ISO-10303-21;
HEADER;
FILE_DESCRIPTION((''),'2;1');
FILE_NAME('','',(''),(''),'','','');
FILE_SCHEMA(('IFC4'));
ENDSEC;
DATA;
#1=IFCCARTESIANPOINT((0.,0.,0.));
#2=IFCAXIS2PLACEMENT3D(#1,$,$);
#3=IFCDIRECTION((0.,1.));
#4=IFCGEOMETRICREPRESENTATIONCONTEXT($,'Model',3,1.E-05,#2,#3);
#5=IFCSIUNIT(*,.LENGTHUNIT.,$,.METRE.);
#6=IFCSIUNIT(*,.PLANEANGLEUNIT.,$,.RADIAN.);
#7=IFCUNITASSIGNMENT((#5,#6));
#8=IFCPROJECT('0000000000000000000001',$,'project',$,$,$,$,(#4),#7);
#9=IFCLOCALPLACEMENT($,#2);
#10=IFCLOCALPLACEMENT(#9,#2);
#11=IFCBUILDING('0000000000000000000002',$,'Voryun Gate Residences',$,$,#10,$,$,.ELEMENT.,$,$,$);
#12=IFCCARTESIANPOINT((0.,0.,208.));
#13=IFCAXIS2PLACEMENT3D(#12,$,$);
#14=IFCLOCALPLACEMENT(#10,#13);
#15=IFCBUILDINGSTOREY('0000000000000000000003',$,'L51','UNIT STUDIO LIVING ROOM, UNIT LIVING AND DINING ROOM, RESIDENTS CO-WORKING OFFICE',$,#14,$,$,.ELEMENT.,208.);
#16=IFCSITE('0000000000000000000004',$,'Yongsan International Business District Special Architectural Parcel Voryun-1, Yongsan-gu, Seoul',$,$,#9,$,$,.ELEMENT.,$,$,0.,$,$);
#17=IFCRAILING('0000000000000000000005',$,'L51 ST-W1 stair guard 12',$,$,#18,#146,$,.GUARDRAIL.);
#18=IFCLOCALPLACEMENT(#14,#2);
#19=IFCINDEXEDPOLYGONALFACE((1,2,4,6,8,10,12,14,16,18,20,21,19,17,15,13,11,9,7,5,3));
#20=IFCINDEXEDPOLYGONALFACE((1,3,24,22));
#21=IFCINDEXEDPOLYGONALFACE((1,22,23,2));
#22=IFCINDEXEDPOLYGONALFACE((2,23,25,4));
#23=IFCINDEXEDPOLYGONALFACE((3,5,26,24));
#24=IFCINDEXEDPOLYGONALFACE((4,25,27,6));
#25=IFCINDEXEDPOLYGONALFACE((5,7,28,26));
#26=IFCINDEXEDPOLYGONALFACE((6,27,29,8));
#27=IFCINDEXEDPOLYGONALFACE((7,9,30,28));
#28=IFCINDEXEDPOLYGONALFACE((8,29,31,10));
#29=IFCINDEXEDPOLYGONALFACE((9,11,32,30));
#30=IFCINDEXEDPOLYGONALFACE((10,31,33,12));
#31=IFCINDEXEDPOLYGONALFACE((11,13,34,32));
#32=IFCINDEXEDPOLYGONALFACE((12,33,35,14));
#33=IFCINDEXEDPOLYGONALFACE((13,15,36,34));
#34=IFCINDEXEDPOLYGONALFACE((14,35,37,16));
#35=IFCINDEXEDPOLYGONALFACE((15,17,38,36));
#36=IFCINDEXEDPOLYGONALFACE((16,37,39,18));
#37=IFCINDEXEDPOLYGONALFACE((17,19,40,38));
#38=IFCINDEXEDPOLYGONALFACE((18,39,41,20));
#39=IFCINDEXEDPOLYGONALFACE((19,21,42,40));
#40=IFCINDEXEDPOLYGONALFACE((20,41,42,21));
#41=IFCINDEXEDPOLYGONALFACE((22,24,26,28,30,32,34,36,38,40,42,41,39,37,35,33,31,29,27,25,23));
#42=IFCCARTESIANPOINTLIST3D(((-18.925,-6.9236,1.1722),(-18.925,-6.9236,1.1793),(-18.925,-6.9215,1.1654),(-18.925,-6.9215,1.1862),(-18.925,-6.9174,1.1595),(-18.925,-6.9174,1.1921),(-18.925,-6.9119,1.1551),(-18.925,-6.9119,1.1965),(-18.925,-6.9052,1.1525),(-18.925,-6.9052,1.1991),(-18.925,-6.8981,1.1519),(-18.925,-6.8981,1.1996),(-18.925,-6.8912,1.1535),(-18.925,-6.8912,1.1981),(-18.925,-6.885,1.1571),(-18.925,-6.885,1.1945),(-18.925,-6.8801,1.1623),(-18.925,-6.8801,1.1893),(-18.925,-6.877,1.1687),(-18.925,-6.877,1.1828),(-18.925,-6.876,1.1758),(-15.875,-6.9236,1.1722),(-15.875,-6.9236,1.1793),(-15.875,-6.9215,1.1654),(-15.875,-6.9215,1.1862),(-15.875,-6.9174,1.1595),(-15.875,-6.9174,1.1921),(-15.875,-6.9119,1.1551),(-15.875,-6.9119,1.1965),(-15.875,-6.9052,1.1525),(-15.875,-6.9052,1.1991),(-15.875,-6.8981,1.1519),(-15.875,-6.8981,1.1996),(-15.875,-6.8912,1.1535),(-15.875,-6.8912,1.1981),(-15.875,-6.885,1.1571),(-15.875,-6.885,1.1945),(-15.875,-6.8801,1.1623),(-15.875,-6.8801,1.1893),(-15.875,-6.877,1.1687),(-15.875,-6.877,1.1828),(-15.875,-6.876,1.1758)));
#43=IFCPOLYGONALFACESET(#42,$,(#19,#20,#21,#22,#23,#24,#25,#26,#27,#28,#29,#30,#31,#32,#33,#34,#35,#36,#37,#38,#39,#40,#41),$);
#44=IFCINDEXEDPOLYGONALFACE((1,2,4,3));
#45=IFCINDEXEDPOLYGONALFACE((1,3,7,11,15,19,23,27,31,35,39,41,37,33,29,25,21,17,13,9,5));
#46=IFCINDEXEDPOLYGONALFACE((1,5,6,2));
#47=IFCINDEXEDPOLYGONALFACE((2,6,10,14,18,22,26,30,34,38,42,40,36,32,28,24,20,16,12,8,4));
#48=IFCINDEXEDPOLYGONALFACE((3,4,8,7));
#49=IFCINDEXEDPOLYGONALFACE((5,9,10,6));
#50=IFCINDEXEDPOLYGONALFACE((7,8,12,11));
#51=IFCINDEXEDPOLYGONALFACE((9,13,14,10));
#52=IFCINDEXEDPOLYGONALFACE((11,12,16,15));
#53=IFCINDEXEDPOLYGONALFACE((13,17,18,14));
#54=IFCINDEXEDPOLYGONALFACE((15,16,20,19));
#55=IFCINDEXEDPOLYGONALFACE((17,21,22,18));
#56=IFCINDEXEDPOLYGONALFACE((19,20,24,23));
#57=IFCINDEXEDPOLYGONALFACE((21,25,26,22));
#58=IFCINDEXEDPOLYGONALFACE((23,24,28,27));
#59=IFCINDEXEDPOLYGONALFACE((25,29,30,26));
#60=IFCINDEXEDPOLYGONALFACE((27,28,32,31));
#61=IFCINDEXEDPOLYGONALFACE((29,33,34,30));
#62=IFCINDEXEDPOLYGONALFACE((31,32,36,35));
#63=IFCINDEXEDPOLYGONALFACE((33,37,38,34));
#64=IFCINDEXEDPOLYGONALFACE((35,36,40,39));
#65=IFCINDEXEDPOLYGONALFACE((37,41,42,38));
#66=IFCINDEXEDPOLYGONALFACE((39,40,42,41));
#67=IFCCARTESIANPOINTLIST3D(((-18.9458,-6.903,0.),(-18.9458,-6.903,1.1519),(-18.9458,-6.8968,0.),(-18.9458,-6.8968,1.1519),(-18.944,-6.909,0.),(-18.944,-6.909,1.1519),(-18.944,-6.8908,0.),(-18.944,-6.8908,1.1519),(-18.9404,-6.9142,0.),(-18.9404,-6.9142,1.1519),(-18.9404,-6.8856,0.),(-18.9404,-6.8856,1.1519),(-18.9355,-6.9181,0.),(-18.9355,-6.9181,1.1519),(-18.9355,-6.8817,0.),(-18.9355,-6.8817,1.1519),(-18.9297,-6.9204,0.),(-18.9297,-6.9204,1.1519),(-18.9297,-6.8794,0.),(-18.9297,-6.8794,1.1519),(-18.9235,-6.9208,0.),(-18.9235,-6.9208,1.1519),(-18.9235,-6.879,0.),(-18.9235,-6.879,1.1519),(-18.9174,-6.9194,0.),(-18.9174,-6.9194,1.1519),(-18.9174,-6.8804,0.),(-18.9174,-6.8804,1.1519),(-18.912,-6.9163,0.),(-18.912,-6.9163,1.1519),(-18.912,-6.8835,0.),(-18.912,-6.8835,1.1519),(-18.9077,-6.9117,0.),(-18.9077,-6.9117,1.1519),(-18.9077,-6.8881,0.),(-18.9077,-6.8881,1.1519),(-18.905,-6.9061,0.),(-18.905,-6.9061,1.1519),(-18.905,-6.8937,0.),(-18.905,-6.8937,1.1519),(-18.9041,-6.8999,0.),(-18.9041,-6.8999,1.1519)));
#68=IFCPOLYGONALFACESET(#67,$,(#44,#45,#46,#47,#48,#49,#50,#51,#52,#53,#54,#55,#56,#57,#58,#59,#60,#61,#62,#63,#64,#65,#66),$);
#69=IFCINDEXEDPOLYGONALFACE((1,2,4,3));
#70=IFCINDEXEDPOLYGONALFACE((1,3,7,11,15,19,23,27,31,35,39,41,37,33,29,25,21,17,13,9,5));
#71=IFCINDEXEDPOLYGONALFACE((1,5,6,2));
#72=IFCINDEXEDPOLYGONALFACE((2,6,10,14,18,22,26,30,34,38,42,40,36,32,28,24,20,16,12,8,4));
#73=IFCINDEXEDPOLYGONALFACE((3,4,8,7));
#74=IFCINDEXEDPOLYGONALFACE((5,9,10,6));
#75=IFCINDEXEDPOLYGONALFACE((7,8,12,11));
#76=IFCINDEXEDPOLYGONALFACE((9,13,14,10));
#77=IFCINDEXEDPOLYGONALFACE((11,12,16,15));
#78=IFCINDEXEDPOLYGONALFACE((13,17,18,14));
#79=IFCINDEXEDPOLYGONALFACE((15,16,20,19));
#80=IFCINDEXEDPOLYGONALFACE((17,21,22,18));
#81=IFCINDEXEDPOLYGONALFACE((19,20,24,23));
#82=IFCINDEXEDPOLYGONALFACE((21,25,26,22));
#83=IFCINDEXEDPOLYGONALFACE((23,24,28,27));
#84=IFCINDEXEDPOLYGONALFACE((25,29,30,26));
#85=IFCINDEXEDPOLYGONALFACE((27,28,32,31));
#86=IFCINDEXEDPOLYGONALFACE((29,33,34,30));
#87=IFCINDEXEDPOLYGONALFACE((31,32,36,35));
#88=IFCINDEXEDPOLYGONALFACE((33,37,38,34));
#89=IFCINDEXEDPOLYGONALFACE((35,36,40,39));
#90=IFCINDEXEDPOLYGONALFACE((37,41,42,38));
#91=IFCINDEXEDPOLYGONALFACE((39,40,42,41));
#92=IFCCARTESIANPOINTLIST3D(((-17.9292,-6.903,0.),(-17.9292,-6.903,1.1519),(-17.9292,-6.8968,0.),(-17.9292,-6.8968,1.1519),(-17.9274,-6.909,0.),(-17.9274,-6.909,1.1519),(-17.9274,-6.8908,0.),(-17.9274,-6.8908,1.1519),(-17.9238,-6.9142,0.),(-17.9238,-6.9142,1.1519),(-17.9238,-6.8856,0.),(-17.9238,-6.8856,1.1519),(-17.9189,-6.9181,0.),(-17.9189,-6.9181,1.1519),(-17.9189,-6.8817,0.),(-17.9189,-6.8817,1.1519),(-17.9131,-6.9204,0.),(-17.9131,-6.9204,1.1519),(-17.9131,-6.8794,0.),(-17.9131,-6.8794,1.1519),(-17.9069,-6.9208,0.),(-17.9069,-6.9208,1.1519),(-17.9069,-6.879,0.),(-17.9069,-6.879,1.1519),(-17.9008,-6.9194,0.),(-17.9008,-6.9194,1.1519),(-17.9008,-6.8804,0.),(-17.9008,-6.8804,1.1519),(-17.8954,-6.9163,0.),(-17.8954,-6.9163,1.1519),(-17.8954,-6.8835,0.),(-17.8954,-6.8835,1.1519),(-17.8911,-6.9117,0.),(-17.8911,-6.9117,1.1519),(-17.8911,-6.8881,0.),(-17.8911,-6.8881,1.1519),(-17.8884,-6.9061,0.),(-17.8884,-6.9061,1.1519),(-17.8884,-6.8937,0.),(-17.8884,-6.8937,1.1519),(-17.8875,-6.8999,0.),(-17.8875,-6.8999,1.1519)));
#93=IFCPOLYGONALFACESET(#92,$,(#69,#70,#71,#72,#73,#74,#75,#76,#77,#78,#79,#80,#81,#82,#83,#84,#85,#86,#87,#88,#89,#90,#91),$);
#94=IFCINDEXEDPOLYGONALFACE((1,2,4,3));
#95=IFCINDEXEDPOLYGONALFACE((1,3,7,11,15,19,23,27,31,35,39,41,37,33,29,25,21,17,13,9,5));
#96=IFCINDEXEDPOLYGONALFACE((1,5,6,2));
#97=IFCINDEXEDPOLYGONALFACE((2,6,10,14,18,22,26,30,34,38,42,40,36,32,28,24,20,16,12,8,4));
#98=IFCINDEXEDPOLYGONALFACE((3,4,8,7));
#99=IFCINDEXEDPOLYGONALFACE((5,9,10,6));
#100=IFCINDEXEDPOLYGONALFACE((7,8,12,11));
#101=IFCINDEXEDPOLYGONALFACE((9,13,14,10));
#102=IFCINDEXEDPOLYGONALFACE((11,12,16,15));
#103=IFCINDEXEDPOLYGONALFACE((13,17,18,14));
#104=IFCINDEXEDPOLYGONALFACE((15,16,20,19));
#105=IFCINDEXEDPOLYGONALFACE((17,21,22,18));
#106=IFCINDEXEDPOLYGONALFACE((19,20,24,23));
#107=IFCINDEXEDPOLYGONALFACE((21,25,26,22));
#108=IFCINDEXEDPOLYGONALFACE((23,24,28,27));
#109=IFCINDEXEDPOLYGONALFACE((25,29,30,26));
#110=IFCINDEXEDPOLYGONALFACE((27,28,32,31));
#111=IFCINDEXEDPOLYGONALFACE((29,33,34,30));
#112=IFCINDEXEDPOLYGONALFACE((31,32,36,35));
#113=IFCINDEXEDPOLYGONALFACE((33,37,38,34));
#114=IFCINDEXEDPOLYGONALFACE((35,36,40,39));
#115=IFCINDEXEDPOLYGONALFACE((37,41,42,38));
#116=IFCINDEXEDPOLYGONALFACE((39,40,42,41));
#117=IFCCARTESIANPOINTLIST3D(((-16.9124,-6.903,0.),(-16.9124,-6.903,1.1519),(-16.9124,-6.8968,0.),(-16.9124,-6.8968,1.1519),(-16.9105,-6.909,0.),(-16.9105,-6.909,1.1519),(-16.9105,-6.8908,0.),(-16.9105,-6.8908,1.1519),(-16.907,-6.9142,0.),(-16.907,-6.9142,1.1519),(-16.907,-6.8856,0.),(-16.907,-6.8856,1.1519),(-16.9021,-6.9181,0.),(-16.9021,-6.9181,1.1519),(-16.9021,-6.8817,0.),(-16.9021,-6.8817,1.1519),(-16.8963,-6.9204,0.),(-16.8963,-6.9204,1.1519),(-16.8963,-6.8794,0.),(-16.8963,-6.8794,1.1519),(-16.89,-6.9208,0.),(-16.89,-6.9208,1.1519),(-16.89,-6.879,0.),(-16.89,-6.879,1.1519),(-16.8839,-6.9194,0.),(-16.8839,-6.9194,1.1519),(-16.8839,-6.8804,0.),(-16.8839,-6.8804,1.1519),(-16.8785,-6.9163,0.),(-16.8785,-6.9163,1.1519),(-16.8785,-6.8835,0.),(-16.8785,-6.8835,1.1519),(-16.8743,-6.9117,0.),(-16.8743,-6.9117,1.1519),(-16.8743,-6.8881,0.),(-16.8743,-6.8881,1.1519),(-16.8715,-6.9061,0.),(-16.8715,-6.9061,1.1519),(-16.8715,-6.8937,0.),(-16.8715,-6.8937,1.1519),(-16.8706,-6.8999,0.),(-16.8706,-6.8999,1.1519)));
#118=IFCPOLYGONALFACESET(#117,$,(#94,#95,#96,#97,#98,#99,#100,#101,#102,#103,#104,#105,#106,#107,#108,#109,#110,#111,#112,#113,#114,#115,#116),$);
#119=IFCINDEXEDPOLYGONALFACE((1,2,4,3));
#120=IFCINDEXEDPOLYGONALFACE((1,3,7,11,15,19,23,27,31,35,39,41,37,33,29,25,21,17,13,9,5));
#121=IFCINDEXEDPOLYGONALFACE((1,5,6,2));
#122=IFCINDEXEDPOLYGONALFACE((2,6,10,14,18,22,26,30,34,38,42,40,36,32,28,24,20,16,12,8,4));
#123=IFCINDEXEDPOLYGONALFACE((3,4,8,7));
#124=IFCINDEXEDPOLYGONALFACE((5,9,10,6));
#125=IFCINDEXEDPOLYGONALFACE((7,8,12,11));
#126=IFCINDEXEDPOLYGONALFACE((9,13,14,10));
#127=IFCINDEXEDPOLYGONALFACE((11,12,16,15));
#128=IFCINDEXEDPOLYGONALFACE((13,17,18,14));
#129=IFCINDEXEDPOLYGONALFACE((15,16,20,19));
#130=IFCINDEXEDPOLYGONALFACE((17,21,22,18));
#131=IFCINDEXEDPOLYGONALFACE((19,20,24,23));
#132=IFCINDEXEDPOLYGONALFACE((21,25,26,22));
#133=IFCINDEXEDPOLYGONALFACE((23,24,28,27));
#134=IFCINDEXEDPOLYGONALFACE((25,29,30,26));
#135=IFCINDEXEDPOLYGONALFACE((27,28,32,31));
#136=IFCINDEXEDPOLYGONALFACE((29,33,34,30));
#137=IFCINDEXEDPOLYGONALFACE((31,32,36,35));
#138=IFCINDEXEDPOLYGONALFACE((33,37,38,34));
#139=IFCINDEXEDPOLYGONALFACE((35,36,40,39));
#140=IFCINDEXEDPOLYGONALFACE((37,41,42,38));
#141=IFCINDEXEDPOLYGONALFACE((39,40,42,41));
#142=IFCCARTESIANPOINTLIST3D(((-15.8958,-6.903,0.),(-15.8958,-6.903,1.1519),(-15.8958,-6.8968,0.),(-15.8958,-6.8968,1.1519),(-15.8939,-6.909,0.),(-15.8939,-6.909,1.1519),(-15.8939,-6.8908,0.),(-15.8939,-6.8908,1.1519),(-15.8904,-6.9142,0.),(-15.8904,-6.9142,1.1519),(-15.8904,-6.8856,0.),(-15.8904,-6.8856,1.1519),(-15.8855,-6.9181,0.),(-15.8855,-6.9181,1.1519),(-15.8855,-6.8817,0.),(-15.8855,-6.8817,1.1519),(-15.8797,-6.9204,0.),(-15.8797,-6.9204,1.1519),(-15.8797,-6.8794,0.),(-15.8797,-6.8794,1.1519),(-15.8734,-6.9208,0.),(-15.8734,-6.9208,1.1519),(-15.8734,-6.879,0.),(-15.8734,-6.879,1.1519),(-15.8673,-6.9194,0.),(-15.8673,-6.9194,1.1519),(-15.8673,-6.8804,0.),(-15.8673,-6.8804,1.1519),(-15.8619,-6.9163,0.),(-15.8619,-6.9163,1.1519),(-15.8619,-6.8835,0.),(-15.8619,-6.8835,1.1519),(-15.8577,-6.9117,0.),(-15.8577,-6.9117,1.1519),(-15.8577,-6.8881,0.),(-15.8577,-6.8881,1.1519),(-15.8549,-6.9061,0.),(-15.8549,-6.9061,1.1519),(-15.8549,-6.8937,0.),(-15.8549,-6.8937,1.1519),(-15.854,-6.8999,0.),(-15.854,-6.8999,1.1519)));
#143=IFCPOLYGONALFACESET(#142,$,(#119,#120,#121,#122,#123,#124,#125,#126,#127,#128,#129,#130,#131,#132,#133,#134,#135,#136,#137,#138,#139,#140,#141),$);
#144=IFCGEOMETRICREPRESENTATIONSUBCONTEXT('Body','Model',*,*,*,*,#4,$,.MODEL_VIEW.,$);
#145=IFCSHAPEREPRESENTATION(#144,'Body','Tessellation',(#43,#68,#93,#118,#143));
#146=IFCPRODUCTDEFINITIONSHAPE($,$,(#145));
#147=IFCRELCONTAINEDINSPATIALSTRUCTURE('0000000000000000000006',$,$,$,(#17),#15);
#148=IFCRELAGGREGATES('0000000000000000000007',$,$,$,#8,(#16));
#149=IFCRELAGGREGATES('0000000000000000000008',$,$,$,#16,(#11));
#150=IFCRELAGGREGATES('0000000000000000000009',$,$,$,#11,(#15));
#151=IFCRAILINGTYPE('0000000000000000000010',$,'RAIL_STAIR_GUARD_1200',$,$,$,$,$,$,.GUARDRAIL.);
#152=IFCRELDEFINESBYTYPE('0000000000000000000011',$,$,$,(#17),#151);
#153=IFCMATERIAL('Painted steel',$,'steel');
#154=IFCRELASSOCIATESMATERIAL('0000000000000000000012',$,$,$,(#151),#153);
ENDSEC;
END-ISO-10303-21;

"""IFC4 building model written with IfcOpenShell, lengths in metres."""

from ifc_helpers import new_model, si_unit, direction, frame, origin, origin_2d, place, context, subcontext, project, spatial, circle, extrude, material, type_object, element, save


model = new_model("IFC4")

# Units and contexts
model_context = context("Model", 3, precision=1e-05, world=origin(), true_north=direction((0.0, 1.0)))
body_context = subcontext(model_context, "Body", "Model", "MODEL_VIEW")
ifc_project = project(units=[si_unit("LENGTHUNIT", "METRE"), si_unit("PLANEANGLEUNIT", "RADIAN")], contexts=[model_context])

# Site, building, storey
site_placement = place(None, origin())
site = spatial("IfcSite", under=ifc_project, at=site_placement, Name="Yongsan International Business District Special Architectural Parcel Voryun-1, Yongsan-gu, Seoul", CompositionType="ELEMENT", RefElevation=0.0)
building_placement = place(site_placement, origin())
building = spatial("IfcBuilding", under=site, at=building_placement, Name="Voryun Gate Residences", CompositionType="ELEMENT")
storey_placement = place(building_placement, frame((0.0, 0.0, 208.0)))
storey = spatial("IfcBuildingStorey", under=building, at=storey_placement, Name="L51", Description="UNIT STUDIO LIVING ROOM, UNIT LIVING AND DINING ROOM, RESIDENTS CO-WORKING OFFICE", CompositionType="ELEMENT", Elevation=208.0)

# Railing
ifc_material_1 = material(Name="Painted steel", Category="steel")
railing_type = type_object("IfcRailingType", Name="RAIL_STAIR_GUARD_1200", PredefinedType="GUARDRAIL", material=ifc_material_1)
railing_1_placement = place(storey_placement, frame((-18.925, -6.8999, 0.0)))
element("IfcRailing", 1, at=railing_1_placement, inside=storey, type_object=railing_type, Name="L51 ST-W1 stair guard 12", PredefinedType="GUARDRAIL", context=body_context, shape_type="SweptSolid", body=[
    extrude(circle(Radius=0.0239, at=origin_2d()), frame((0.0, 0.0, 1.1758), z_axis=(1.0, 0.0, 0.0), x_axis=(0.0, 1.0, 0.0)), (0.0, 0.0, 1.0), 3.05),
    extrude(circle(Radius=0.021, at=origin_2d()), origin(), (0.0, 0.0, 1.0), 1.1519),
    extrude(circle(Radius=0.021, at=origin_2d()), frame((1.0166, 0.0, 0.0)), (0.0, 0.0, 1.0), 1.1519),
    extrude(circle(Radius=0.021, at=origin_2d()), frame((2.0334, 0.0, 0.0)), (0.0, 0.0, 1.0), 1.1519),
    extrude(circle(Radius=0.021, at=origin_2d()), frame((3.05, 0.0, 0.0)), (0.0, 0.0, 1.0), 1.1519),
])

save(model, "model.ifc")
